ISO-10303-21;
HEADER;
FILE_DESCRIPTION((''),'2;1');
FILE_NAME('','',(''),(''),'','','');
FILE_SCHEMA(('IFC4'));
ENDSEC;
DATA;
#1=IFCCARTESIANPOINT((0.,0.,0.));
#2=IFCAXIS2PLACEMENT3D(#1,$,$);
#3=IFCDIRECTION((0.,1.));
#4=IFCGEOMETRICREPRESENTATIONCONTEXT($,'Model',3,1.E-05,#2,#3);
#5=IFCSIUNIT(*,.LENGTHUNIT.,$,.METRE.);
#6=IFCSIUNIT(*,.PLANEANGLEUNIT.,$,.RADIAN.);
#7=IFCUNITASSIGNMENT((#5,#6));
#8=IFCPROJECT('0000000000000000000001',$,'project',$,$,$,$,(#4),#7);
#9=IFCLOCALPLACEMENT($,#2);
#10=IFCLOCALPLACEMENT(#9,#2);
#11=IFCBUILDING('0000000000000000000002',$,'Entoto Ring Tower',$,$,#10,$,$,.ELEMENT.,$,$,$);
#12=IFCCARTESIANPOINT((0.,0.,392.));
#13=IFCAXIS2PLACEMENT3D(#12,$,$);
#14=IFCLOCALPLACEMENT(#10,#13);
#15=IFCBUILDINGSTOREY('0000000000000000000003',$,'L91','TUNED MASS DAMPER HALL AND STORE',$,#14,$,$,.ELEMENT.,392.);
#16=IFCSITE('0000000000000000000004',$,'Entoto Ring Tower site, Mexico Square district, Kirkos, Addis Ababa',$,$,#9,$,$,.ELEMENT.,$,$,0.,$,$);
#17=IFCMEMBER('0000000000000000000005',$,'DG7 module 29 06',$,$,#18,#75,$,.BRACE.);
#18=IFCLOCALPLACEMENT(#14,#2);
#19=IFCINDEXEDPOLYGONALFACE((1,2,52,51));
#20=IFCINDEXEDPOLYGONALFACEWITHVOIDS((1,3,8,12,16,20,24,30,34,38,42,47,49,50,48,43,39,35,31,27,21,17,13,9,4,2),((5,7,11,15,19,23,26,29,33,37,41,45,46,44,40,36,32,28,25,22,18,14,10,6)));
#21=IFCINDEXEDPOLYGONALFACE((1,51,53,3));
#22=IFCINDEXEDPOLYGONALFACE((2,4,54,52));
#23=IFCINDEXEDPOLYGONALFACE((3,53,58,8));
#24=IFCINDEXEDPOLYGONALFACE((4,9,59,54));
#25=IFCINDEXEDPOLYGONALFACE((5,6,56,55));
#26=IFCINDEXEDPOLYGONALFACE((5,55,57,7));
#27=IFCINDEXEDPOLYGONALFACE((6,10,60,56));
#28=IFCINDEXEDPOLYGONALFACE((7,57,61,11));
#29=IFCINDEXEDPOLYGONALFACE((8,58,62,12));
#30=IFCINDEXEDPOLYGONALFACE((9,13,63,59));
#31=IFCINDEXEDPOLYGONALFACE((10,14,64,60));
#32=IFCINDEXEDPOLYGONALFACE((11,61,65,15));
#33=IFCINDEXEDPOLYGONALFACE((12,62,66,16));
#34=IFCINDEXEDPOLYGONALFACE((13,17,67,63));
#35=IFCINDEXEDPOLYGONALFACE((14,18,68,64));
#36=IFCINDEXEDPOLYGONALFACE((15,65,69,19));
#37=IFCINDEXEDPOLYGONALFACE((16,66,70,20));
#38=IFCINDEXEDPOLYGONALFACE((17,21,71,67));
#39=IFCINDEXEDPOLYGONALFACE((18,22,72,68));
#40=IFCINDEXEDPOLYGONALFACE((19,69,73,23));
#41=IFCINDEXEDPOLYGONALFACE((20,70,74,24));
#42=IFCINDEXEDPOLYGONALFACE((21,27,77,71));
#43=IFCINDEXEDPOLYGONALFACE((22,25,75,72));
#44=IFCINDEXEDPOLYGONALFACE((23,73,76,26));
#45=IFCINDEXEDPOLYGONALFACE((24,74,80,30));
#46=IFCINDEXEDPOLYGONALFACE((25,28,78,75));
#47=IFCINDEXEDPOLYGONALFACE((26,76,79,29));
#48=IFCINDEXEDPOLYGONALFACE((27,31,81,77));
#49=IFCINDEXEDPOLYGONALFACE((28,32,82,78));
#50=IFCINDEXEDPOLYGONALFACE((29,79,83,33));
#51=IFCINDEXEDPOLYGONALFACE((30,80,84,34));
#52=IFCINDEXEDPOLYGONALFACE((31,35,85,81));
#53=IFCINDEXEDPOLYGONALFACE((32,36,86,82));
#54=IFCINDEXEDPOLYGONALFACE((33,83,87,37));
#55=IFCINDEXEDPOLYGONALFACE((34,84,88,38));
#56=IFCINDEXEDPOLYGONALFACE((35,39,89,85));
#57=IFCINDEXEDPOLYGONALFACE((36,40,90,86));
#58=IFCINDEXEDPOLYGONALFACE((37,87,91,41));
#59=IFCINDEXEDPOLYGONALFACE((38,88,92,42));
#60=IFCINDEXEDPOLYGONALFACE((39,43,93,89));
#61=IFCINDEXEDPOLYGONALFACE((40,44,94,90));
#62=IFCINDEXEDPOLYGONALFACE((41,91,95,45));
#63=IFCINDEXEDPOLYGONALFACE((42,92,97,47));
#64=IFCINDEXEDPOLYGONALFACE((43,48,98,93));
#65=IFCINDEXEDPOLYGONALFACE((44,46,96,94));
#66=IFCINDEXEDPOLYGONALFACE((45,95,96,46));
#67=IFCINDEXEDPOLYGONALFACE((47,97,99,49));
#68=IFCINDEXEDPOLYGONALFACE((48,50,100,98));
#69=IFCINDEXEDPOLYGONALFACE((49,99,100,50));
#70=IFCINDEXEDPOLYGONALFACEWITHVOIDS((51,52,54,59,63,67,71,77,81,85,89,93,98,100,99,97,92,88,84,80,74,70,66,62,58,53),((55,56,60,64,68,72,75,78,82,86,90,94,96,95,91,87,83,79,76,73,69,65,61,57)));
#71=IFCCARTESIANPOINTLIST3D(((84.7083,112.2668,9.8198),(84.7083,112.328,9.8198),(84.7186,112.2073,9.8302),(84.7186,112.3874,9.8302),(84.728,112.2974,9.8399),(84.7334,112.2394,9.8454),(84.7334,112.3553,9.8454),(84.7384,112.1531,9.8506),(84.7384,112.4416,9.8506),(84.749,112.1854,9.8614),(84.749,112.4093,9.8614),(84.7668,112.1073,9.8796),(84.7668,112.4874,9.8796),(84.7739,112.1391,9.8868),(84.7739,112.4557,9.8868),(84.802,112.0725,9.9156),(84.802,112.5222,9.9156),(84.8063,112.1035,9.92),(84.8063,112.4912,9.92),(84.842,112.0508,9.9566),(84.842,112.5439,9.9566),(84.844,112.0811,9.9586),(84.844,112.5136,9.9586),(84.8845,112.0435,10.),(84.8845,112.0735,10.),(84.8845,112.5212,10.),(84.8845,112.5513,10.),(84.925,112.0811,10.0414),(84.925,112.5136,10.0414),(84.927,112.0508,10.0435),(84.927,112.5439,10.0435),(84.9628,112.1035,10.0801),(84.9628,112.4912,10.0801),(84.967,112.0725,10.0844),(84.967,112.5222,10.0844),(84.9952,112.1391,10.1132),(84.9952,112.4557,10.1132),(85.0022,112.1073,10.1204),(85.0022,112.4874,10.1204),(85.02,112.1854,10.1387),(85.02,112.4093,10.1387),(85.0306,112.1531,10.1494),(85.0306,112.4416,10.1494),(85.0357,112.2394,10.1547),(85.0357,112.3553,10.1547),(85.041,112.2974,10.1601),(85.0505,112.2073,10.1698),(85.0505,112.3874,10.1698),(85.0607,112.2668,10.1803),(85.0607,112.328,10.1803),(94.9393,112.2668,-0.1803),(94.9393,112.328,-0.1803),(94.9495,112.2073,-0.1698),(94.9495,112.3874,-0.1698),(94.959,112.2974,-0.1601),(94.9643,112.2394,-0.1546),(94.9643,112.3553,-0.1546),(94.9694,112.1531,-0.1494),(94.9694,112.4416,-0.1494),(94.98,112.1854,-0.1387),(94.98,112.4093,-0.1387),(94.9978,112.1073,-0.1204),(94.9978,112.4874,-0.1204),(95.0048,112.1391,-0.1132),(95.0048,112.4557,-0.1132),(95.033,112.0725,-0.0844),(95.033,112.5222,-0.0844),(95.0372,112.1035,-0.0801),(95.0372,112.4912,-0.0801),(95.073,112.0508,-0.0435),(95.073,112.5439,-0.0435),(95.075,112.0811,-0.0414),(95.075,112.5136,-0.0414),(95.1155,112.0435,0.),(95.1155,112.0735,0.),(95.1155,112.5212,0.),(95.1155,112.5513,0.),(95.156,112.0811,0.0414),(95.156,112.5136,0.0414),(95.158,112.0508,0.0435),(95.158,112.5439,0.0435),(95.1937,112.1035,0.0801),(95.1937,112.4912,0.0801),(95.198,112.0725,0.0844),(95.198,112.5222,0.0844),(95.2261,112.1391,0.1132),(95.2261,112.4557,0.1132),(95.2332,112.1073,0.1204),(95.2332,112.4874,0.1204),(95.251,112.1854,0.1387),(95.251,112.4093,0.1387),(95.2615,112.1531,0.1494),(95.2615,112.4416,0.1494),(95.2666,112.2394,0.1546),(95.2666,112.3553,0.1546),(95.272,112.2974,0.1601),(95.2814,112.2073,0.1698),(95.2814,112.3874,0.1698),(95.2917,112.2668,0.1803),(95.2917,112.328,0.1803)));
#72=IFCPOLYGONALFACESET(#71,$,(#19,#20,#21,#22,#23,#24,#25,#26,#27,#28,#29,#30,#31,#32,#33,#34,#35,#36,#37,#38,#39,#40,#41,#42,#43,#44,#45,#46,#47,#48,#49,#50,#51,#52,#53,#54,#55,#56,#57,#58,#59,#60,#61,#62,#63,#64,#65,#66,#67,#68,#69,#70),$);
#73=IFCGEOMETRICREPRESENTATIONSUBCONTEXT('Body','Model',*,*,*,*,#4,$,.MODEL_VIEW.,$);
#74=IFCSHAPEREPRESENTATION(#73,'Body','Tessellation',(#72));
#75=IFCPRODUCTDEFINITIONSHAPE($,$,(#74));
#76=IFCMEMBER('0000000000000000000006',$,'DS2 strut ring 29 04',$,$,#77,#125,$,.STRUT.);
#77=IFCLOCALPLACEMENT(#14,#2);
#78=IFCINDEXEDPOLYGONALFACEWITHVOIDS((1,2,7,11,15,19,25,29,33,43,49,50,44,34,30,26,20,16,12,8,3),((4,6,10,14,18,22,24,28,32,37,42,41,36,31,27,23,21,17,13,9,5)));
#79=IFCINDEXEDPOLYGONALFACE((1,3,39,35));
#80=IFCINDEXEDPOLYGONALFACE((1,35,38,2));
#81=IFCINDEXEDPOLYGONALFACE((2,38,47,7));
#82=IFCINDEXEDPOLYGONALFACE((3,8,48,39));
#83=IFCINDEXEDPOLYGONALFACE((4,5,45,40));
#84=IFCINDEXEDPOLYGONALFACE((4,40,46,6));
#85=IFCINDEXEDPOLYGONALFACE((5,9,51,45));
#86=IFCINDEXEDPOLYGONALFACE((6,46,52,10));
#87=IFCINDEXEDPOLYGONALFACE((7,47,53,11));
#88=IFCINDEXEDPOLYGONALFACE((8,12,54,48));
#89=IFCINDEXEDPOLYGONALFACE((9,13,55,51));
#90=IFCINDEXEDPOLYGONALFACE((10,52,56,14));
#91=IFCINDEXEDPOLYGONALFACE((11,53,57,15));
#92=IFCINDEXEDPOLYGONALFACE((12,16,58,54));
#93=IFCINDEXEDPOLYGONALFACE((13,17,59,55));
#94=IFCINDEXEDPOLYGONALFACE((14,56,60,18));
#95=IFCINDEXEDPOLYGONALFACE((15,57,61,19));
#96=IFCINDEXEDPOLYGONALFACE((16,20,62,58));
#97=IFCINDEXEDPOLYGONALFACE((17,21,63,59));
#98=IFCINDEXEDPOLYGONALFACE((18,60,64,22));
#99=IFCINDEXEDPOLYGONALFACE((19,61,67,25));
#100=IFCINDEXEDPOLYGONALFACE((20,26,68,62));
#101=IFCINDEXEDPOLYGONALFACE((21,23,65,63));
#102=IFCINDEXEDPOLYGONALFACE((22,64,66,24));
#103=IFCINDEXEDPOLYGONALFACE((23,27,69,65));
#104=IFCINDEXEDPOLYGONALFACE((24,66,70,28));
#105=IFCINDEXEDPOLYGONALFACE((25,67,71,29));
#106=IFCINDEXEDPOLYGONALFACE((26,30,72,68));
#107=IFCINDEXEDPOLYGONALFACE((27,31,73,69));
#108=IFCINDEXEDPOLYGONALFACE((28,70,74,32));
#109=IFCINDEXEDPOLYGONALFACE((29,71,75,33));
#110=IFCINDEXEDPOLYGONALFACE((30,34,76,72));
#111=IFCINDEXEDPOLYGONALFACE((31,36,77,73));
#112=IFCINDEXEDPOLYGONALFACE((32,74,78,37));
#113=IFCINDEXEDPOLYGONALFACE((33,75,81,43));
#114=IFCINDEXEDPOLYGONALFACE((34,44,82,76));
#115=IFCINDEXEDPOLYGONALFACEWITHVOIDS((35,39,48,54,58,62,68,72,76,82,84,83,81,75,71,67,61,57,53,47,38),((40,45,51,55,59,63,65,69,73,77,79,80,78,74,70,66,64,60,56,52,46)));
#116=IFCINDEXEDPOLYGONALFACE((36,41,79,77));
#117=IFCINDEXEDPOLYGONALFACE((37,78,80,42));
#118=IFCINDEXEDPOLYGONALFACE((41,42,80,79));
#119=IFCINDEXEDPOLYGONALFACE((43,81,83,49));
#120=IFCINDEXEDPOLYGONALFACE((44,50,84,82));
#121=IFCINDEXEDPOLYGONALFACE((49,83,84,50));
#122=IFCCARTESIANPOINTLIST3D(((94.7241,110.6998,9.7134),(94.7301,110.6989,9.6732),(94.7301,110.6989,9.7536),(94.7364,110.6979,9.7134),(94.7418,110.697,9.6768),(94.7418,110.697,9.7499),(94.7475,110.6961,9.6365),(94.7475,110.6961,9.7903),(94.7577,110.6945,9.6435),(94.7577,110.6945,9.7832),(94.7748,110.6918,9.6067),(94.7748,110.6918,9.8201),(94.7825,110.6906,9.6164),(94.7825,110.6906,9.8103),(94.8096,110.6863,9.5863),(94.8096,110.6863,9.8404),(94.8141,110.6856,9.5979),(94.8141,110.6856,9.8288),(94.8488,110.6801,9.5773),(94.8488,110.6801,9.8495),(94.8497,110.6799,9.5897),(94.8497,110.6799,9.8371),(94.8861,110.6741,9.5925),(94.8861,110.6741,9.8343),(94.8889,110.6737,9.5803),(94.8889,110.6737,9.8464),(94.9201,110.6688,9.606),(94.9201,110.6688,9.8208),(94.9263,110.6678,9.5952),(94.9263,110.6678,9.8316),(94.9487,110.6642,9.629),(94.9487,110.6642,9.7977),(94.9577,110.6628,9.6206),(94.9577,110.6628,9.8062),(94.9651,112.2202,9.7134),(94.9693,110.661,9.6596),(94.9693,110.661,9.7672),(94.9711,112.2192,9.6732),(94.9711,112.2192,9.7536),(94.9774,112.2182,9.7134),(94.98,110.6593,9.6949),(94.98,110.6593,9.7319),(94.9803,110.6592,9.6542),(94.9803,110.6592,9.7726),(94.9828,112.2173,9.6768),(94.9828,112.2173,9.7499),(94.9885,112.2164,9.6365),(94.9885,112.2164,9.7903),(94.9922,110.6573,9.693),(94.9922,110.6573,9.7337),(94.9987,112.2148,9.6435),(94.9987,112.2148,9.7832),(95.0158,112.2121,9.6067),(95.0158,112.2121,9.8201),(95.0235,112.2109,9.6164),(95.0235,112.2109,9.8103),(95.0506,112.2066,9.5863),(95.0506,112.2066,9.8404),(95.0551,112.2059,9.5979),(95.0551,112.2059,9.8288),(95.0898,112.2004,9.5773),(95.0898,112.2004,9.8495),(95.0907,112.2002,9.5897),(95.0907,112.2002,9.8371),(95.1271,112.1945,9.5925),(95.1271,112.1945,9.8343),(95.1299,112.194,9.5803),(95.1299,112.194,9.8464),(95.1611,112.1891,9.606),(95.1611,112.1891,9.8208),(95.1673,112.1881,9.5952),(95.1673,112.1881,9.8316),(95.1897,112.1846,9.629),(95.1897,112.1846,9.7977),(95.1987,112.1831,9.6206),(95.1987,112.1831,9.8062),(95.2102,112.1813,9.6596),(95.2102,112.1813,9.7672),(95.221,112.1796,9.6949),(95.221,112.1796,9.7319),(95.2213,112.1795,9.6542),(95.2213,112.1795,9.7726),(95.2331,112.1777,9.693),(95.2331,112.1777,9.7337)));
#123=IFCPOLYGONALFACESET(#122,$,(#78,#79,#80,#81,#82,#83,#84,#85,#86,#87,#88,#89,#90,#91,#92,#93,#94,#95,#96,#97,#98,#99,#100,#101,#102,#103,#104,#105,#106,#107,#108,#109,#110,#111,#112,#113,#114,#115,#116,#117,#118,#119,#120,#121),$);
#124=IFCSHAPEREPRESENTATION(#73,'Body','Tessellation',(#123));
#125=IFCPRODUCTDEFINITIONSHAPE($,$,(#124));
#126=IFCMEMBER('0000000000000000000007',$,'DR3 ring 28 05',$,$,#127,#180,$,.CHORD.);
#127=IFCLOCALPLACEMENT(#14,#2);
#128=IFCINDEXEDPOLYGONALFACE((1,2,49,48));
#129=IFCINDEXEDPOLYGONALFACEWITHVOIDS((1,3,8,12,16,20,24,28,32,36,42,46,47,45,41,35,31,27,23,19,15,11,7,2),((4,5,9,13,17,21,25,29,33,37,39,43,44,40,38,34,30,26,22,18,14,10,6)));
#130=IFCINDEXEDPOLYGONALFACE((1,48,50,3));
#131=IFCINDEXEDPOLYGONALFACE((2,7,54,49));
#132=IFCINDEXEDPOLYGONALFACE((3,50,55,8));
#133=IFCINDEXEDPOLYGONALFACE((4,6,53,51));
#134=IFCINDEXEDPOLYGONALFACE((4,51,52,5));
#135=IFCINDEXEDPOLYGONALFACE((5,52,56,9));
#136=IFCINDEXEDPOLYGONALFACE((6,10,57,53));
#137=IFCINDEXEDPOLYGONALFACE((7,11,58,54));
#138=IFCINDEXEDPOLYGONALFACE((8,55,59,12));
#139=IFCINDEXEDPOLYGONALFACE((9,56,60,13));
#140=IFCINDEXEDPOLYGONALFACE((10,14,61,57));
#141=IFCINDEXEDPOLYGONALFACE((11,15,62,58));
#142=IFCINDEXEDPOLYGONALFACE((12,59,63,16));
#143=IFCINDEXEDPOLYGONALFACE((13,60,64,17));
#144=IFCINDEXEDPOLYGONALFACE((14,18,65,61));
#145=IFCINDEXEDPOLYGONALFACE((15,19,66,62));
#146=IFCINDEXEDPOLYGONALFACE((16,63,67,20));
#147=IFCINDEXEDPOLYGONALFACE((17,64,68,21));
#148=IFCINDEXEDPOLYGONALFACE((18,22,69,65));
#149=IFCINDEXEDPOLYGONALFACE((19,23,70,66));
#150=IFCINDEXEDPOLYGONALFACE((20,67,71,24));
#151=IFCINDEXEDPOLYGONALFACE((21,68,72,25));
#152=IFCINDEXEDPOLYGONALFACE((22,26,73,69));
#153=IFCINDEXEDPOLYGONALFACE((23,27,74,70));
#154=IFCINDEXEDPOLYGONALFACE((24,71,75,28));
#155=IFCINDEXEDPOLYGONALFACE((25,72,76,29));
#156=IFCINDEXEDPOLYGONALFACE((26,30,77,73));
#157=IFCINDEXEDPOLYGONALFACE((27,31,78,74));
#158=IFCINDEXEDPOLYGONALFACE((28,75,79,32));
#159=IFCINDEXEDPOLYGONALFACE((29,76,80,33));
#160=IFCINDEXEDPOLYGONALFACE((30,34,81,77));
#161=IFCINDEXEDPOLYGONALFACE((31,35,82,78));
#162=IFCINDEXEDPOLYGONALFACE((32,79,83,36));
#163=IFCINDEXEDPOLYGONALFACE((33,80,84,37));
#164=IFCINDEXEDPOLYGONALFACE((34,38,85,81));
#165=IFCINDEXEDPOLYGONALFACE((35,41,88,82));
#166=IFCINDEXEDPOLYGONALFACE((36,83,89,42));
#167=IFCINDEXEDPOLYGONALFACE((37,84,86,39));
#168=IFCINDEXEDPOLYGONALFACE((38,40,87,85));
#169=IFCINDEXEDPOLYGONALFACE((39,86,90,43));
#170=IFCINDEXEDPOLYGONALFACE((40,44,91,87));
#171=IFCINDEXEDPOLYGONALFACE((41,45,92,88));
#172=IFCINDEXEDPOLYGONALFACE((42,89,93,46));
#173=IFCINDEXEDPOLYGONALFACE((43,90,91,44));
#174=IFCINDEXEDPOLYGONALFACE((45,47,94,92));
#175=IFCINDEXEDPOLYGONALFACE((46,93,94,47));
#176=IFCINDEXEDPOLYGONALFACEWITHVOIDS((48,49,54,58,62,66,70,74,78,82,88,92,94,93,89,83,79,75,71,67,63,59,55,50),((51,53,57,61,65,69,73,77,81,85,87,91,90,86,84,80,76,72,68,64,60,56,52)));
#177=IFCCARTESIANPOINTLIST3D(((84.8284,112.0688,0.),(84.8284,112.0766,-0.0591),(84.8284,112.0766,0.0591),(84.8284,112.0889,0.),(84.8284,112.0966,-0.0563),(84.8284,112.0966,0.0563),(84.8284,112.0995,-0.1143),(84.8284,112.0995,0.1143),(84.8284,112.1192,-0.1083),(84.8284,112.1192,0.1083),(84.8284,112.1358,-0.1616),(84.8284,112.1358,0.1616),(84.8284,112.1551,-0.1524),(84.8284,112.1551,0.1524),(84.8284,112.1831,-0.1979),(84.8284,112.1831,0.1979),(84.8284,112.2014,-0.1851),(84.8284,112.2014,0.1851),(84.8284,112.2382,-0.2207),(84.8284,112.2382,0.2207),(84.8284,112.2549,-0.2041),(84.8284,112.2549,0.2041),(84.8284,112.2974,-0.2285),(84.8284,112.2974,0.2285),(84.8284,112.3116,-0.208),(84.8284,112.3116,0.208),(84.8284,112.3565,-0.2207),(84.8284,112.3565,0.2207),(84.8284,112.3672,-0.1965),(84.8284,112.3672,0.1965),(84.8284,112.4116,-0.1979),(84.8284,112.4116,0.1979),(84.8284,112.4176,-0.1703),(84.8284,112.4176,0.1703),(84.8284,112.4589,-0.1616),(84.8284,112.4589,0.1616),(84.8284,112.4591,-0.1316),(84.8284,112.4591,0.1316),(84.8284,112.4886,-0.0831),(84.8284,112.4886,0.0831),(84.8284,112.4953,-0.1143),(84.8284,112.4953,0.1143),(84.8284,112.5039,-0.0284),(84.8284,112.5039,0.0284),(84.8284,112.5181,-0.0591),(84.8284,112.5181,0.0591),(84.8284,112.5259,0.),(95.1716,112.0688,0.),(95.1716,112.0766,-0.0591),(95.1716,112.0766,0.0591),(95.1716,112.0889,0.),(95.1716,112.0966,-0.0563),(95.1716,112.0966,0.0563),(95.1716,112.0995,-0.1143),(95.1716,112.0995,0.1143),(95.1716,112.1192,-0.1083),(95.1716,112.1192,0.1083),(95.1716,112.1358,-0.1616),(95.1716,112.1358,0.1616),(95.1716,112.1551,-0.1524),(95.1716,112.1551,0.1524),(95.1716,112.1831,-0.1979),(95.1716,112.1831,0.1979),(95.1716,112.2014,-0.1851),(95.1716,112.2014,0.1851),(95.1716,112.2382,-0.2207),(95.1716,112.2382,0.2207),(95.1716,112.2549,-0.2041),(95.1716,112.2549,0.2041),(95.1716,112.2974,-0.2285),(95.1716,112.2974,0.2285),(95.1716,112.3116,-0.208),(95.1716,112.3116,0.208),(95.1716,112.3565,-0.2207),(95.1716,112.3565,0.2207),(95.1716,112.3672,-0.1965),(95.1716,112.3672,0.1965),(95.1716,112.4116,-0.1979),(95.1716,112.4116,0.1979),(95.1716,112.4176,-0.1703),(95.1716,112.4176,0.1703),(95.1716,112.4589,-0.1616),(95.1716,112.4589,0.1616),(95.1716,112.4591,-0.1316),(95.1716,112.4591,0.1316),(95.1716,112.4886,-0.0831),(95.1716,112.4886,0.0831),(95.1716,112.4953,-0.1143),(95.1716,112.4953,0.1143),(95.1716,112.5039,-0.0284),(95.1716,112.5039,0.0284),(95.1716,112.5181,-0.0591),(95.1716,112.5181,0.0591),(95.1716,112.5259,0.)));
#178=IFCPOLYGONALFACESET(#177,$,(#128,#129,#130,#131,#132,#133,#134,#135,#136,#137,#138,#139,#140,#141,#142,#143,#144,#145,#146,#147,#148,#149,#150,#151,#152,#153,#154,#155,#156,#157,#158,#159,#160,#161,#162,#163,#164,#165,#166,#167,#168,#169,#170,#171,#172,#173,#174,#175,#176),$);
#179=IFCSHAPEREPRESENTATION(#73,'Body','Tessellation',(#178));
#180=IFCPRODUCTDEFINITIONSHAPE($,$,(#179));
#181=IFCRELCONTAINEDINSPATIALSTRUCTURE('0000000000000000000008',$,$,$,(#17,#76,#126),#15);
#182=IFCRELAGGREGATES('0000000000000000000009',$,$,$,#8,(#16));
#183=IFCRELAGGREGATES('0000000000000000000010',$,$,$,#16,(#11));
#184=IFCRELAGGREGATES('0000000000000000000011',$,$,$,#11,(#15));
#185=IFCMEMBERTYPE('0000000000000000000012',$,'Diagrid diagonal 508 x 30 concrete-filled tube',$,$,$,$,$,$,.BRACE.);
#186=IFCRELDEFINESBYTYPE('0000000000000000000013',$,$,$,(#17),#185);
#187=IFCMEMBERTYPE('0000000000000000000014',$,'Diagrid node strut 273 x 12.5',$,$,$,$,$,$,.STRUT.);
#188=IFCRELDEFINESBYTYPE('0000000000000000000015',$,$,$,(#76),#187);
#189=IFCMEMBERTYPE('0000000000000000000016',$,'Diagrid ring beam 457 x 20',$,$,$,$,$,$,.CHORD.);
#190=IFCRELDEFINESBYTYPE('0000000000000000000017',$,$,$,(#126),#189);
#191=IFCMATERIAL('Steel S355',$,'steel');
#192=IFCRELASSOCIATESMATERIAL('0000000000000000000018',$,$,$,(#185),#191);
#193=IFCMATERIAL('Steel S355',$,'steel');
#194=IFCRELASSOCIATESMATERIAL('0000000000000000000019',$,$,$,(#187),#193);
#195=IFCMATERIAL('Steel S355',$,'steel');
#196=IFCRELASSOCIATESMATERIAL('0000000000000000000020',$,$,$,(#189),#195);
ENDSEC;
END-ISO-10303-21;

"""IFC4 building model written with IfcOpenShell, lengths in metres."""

from ifc_helpers import new_model, si_unit, direction, frame, origin, origin_2d, place, context, subcontext, project, spatial, circle, hollow_circle, extrude, material, material_profile, profile_set, type_object, element, save


model = new_model("IFC4")

# Units and contexts
model_context = context("Model", 3, precision=1e-05, world=origin(), true_north=direction((0.0, 1.0)))
body_context = subcontext(model_context, "Body", "Model", "MODEL_VIEW")
ifc_project = project(units=[si_unit("LENGTHUNIT", "METRE"), si_unit("PLANEANGLEUNIT", "RADIAN")], contexts=[model_context])

# Site, building, storey
site_placement = place(None, origin())
site = spatial("IfcSite", under=ifc_project, at=site_placement, Name="Entoto Ring Tower site, Mexico Square district, Kirkos, Addis Ababa", CompositionType="ELEMENT", RefElevation=0.0)
building_placement = place(site_placement, origin())
building = spatial("IfcBuilding", under=site, at=building_placement, Name="Entoto Ring Tower", CompositionType="ELEMENT")
storey_placement = place(building_placement, frame((0.0, 0.0, 392.0)))
storey = spatial("IfcBuildingStorey", under=building, at=storey_placement, Name="L91", Description="TUNED MASS DAMPER HALL AND STORE", CompositionType="ELEMENT", Elevation=392.0)

# Members
ifc_material_1 = material(Name="Steel S355", Category="steel")
ifc_material_profile_1 = material_profile(ifc_material_1, hollow_circle(Radius=0.2539, WallThickness=0.03, at=origin_2d()), Name="CHS 508 x 30")
ifc_material_2 = material(Name="Concrete C60/75", Category="concrete")
ifc_material_profile_2 = material_profile(ifc_material_2, circle(Radius=0.2241, at=origin_2d()), Name="Concrete C60/75 infill")
ifc_profile_set_1 = profile_set([ifc_material_profile_1, ifc_material_profile_2], Name="Steel S355")
member_type_1 = type_object("IfcMemberType", Name="Diagrid diagonal 508 x 30 concrete-filled tube", PredefinedType="BRACE", material=ifc_profile_set_1)
member_1_placement = place(storey_placement, frame((95.1155, 112.2974, 0.0), z_axis=(-0.715133, 0.0, 0.698989), x_axis=(0.0, -1.0, 0.0)))
element("IfcMember", 1, at=member_1_placement, inside=storey, type_object=member_type_1, Name="DG7 module 29 06", PredefinedType="BRACE", context=body_context, shape_type="SweptSolid", body=[
    extrude(hollow_circle(Radius=0.2539, WallThickness=0.03, at=origin_2d()), origin(), (0.0, 0.0, 1.0), 14.3064),
])
ifc_material_3 = material(Name="Steel S355", Category="steel")
ifc_material_profile_3 = material_profile(ifc_material_3, hollow_circle(Radius=0.1365, WallThickness=0.0125, at=origin_2d()), Name="CHS 273 x 12.5")
ifc_material_4 = material(Name="Concrete C60/75", Category="concrete")
ifc_material_profile_4 = material_profile(ifc_material_4, circle(Radius=0.124, at=origin_2d()), Name="Concrete C60/75 infill")
ifc_profile_set_2 = profile_set([ifc_material_profile_3, ifc_material_profile_4], Name="Steel S355")
member_type_2 = type_object("IfcMemberType", Name="Diagrid node strut 273 x 12.5", PredefinedType="STRUT", material=ifc_profile_set_2)
member_2_placement = place(storey_placement, frame((94.8589, 110.6785, 9.7134), z_axis=(0.156549, 0.98767, 0.0), x_axis=(-0.98767, 0.156549, 0.0)))
element("IfcMember", 2, at=member_2_placement, inside=storey, type_object=member_type_2, Name="DS2 strut ring 29 04", PredefinedType="STRUT", context=body_context, shape_type="SweptSolid", body=[
    extrude(hollow_circle(Radius=0.1365, WallThickness=0.0125, at=origin_2d()), origin(), (0.0, 0.0, 1.0), 1.5393),
])
ifc_material_5 = material(Name="Steel S355", Category="steel")
ifc_material_profile_5 = material_profile(ifc_material_5, hollow_circle(Radius=0.2285, WallThickness=0.02, at=origin_2d()), Name="CHS 457 x 20")
ifc_material_6 = material(Name="Concrete C60/75", Category="concrete")
ifc_material_profile_6 = material_profile(ifc_material_6, circle(Radius=0.2085, at=origin_2d()), Name="Concrete C60/75 infill")
ifc_profile_set_3 = profile_set([ifc_material_profile_5, ifc_material_profile_6], Name="Steel S355")
member_type_3 = type_object("IfcMemberType", Name="Diagrid ring beam 457 x 20", PredefinedType="CHORD", material=ifc_profile_set_3)
member_3_placement = place(storey_placement, frame((95.1716, 112.2974, 0.0), z_axis=(-1.0, 0.0, 0.0), x_axis=(0.0, -1.0, 0.0)))
element("IfcMember", 3, at=member_3_placement, inside=storey, type_object=member_type_3, Name="DR3 ring 28 05", PredefinedType="CHORD", context=body_context, shape_type="SweptSolid", body=[
    extrude(hollow_circle(Radius=0.2285, WallThickness=0.02, at=origin_2d()), origin(), (0.0, 0.0, 1.0), 10.3433),
])

save(model, "model.ifc")
